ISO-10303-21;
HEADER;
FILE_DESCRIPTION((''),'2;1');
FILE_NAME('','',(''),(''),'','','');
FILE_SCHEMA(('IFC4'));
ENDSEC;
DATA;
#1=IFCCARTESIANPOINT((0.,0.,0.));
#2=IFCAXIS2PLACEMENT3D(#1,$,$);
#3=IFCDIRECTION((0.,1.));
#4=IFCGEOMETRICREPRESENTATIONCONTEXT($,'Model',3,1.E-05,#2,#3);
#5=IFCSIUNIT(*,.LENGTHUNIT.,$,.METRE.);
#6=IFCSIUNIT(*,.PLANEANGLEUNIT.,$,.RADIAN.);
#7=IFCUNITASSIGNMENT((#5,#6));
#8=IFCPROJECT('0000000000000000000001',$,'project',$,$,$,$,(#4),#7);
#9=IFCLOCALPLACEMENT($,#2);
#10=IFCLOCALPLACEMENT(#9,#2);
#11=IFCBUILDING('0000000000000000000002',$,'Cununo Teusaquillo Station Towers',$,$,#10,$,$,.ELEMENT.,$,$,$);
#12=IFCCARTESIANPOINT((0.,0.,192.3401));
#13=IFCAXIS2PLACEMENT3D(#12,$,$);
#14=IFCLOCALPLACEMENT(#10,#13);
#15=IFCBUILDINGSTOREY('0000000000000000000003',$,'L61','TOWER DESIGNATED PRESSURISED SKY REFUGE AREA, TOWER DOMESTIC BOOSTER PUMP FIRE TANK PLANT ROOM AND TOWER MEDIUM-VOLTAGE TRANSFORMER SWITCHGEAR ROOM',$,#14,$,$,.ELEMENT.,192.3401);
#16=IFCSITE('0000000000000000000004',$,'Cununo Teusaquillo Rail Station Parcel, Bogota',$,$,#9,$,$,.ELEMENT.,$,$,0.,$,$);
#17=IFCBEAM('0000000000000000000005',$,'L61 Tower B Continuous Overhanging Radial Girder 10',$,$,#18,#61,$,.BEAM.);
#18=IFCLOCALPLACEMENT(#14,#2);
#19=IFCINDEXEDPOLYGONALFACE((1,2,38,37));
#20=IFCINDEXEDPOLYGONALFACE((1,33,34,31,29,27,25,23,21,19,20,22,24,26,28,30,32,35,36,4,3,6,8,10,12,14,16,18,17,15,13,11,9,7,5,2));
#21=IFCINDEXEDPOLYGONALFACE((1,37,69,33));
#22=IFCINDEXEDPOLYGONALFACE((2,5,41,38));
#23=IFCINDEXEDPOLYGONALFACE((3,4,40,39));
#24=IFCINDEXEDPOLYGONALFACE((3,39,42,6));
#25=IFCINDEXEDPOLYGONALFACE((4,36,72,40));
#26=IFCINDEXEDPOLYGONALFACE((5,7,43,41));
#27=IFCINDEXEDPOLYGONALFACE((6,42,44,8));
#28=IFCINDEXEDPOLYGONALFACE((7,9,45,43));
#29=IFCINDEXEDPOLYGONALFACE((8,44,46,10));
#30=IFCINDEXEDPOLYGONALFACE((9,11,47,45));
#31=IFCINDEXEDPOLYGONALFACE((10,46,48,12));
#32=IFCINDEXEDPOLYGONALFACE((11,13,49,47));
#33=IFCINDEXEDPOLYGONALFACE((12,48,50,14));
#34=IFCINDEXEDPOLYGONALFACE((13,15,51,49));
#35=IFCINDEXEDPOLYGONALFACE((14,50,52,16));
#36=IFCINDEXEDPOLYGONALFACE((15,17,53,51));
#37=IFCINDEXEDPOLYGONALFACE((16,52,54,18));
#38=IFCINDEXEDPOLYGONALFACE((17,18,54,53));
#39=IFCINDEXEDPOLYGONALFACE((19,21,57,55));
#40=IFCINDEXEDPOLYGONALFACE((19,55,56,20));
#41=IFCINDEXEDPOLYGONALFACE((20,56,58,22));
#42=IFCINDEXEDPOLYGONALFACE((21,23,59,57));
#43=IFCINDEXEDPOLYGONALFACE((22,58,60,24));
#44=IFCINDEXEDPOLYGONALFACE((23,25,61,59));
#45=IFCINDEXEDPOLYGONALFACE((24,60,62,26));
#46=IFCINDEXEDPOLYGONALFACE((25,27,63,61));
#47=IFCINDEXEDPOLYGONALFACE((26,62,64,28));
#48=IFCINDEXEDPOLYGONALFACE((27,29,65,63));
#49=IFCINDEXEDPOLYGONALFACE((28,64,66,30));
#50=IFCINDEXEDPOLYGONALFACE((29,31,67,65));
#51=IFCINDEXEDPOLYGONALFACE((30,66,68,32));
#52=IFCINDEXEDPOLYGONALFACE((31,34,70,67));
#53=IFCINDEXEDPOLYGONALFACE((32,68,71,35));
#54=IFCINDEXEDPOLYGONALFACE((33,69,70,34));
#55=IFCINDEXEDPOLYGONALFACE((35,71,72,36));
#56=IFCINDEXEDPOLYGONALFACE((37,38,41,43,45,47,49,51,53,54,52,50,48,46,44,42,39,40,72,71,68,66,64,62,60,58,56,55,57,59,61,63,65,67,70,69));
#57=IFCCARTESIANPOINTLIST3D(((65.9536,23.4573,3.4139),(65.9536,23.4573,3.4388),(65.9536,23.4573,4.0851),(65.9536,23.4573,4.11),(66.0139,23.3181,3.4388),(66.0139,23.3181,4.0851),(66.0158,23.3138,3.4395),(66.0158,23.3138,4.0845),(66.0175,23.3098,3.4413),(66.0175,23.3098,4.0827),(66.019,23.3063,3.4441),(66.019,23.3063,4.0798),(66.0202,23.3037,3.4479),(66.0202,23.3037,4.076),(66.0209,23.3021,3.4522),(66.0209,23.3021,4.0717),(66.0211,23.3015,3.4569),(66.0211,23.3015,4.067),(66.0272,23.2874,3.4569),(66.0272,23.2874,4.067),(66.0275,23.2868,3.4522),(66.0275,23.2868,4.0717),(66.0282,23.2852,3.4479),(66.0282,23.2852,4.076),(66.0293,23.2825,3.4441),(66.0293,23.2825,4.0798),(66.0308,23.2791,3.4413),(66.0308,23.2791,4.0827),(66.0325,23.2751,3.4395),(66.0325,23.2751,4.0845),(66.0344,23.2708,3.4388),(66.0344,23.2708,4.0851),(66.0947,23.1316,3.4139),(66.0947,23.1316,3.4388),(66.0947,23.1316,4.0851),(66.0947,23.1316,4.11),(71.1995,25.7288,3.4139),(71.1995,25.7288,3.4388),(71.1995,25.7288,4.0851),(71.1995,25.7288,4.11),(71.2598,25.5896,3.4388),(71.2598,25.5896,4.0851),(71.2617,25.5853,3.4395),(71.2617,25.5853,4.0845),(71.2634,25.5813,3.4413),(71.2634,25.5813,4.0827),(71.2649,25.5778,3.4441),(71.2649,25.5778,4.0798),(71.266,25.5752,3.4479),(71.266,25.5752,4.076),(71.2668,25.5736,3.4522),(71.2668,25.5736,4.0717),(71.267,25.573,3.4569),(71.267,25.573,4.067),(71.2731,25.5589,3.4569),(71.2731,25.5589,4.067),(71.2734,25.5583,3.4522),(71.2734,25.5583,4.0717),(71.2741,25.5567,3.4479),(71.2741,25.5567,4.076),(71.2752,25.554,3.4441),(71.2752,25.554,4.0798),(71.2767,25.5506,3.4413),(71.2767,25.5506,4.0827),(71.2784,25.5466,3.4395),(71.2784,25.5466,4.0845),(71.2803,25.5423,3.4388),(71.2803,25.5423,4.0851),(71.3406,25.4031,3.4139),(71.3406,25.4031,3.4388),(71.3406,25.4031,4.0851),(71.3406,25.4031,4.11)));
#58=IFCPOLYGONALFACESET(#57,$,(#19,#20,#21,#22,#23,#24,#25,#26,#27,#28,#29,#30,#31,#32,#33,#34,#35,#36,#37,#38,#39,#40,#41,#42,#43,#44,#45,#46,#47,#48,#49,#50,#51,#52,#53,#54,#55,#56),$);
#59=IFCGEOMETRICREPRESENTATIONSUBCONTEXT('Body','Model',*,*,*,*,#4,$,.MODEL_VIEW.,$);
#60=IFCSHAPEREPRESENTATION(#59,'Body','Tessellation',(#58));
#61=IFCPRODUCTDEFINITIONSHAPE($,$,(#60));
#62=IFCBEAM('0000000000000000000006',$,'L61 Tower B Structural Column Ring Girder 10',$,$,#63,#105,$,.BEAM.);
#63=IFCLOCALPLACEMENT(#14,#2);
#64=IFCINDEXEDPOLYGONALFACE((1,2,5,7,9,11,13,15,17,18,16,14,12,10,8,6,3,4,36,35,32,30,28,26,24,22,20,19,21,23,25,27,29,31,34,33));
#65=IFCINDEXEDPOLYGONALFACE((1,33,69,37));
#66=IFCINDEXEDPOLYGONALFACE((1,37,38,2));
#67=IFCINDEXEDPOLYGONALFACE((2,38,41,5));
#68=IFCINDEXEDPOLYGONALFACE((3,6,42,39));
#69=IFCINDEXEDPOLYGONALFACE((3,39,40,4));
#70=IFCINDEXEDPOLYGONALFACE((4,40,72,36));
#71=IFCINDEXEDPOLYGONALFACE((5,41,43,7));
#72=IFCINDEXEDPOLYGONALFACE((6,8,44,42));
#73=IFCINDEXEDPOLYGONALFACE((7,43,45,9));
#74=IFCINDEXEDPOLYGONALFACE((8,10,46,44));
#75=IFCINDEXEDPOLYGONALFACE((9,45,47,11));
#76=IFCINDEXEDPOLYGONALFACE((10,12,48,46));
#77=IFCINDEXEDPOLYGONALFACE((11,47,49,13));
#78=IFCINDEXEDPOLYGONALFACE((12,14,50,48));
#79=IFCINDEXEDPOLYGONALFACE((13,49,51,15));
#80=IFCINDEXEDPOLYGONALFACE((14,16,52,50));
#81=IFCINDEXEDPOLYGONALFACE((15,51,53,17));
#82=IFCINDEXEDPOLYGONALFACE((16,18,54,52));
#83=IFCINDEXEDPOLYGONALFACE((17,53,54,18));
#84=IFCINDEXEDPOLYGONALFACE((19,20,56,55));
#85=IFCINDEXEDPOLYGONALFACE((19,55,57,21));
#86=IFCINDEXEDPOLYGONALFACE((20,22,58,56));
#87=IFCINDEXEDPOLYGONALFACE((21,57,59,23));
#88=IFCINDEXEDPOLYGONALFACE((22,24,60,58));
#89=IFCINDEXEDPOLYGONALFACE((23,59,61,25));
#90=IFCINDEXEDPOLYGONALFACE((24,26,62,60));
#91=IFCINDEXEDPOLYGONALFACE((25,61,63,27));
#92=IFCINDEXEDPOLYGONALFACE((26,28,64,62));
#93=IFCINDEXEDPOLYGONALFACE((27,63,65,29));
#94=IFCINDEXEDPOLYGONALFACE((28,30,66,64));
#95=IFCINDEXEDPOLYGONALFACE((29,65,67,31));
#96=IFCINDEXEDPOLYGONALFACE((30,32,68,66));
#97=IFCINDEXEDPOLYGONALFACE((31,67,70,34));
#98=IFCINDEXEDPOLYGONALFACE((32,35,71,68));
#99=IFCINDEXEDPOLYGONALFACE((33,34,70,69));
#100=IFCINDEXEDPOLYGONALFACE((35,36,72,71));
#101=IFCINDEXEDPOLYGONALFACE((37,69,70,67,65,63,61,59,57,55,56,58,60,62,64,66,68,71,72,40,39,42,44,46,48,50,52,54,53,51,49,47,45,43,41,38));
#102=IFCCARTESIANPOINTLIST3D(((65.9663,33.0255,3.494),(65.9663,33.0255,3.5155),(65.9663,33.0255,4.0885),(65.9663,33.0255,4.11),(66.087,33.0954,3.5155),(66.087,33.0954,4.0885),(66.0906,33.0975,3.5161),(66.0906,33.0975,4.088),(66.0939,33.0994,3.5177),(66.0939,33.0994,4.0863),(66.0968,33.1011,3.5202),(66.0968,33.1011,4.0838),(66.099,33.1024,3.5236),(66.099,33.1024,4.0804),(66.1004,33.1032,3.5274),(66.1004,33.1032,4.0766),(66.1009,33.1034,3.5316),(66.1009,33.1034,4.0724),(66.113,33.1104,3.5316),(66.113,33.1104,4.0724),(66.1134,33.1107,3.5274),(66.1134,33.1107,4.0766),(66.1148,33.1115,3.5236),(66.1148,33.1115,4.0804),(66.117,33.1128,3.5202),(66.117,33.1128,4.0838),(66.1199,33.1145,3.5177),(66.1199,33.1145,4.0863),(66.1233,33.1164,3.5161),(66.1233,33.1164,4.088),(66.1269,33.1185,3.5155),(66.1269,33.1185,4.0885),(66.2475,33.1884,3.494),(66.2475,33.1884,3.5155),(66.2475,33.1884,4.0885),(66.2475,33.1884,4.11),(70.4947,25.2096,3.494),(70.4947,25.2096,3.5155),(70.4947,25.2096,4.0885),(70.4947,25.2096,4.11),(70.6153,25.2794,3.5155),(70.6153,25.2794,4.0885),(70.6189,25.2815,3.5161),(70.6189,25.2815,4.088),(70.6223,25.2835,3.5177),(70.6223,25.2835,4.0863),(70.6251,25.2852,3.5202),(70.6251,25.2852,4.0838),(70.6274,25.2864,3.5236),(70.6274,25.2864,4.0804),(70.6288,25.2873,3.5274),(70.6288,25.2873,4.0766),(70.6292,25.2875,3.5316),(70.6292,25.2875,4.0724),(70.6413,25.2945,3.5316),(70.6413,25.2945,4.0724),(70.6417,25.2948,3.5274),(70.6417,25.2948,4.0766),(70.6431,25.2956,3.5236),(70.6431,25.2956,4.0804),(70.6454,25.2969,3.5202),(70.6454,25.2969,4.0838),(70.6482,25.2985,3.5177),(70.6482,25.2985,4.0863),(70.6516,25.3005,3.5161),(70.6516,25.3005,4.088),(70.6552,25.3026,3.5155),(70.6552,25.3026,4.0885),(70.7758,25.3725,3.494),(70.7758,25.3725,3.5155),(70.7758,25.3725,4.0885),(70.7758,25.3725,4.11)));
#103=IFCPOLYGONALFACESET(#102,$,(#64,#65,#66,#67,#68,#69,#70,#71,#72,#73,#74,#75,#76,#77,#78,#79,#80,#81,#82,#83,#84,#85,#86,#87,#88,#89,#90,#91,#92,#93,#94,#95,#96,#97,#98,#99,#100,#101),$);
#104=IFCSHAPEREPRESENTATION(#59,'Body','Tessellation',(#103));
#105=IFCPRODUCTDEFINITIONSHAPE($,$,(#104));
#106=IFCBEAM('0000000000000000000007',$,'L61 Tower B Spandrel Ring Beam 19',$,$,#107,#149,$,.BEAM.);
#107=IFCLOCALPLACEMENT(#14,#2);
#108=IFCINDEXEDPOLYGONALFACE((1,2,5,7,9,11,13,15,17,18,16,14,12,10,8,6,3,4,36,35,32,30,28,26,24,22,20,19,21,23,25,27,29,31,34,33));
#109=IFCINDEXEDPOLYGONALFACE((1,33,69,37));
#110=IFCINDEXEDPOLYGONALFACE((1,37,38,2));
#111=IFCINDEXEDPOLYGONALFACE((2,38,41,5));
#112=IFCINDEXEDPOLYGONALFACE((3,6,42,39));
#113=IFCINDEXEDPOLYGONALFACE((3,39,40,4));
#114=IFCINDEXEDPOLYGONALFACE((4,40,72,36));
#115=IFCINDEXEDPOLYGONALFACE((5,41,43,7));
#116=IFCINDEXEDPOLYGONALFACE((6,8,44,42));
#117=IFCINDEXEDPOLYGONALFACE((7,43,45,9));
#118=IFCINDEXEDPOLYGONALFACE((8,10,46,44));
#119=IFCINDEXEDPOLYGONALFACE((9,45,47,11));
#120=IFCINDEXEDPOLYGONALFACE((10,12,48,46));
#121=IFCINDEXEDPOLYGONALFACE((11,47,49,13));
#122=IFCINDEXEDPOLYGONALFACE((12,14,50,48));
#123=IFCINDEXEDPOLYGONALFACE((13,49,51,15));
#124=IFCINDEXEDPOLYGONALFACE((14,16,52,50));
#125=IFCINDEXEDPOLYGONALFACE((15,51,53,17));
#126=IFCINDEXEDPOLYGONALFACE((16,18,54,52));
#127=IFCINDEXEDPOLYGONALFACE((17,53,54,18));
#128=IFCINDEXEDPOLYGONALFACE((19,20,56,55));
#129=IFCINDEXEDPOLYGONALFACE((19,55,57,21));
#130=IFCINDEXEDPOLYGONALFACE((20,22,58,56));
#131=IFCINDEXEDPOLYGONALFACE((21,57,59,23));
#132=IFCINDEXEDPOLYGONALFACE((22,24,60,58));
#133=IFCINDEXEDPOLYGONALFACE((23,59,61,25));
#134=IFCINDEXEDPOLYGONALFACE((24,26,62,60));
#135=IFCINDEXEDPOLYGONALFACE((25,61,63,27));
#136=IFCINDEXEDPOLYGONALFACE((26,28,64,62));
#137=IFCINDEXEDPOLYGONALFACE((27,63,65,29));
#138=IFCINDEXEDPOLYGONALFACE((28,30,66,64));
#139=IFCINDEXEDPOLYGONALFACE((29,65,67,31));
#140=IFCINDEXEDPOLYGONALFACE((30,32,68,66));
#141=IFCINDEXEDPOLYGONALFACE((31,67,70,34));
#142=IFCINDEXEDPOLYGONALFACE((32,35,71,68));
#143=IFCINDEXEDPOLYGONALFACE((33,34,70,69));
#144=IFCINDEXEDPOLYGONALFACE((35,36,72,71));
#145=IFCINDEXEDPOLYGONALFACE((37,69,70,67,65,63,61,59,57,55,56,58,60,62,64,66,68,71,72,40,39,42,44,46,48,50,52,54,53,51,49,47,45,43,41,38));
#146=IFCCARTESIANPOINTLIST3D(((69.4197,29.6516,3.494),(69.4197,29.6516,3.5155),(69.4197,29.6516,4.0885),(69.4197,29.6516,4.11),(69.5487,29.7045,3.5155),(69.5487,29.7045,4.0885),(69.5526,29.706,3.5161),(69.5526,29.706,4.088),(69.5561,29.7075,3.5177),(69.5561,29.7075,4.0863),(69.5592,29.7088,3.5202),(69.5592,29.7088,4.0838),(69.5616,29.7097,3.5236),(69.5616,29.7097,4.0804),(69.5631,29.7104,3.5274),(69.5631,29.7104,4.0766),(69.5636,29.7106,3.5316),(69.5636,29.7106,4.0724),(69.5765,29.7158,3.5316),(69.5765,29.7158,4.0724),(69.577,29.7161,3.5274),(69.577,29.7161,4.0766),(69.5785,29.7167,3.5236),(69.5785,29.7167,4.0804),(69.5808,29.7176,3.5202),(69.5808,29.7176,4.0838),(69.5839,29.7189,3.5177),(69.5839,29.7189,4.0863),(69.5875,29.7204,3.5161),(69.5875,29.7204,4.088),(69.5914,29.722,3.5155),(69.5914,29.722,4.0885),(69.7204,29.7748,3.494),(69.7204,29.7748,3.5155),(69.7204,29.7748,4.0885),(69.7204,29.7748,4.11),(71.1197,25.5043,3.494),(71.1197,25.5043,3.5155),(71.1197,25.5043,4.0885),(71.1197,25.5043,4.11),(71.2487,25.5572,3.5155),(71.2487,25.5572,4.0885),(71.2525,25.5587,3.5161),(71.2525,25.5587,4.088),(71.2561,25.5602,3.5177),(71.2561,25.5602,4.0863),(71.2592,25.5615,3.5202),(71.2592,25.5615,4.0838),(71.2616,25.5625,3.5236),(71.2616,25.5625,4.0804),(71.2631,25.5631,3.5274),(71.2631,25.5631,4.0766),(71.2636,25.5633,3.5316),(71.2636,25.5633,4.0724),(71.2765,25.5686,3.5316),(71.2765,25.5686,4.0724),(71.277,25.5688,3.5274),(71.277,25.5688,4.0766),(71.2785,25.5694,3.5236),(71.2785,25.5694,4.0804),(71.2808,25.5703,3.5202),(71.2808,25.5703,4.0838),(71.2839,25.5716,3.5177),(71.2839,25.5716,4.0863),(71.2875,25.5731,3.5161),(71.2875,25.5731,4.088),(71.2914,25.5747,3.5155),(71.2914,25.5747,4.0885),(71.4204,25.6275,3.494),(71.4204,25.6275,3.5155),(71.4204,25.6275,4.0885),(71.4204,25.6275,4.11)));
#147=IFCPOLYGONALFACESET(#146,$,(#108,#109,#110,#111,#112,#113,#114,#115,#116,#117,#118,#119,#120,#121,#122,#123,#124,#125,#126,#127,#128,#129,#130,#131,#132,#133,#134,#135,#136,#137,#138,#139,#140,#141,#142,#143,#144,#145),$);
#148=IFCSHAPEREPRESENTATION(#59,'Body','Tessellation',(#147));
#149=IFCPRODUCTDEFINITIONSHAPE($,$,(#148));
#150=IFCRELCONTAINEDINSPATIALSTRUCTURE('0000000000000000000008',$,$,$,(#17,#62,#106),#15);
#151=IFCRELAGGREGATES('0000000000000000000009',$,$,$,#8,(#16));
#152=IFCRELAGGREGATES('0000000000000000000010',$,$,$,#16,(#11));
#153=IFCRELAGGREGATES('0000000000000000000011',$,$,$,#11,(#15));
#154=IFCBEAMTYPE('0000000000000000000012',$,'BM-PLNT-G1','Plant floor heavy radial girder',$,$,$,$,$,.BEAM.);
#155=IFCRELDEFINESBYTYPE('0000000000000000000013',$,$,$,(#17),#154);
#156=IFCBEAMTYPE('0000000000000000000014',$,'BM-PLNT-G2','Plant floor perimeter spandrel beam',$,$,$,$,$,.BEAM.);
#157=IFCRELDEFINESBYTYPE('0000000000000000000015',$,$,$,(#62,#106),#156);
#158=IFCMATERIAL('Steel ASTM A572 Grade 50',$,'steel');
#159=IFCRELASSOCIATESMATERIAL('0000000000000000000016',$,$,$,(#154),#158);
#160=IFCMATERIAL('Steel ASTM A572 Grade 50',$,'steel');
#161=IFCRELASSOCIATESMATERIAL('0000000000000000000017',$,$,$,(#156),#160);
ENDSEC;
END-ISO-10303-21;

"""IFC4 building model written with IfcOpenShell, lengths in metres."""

from ifc_helpers import new_model, si_unit, direction, frame, origin, origin_2d, place, context, subcontext, project, spatial, i_section, extrude, material, material_profile, profile_set, type_object, element, save


model = new_model("IFC4")

# Units and contexts
model_context = context("Model", 3, precision=1e-05, world=origin(), true_north=direction((0.0, 1.0)))
body_context = subcontext(model_context, "Body", "Model", "MODEL_VIEW")
ifc_project = project(units=[si_unit("LENGTHUNIT", "METRE"), si_unit("PLANEANGLEUNIT", "RADIAN")], contexts=[model_context])

# Site, building, storey
site_placement = place(None, origin())
site = spatial("IfcSite", under=ifc_project, at=site_placement, Name="Cununo Teusaquillo Rail Station Parcel, Bogota", CompositionType="ELEMENT", RefElevation=0.0)
building_placement = place(site_placement, origin())
building = spatial("IfcBuilding", under=site, at=building_placement, Name="Cununo Teusaquillo Station Towers", CompositionType="ELEMENT")
storey_placement = place(building_placement, frame((0.0, 0.0, 192.3401)))
storey = spatial("IfcBuildingStorey", under=building, at=storey_placement, Name="L61", Description="TOWER DESIGNATED PRESSURISED SKY REFUGE AREA, TOWER DOMESTIC BOOSTER PUMP FIRE TANK PLANT ROOM AND TOWER MEDIUM-VOLTAGE TRANSFORMER SWITCHGEAR ROOM", CompositionType="ELEMENT", Elevation=192.3401)

# Beams
ifc_material_1 = material(Name="Steel ASTM A572 Grade 50", Category="steel")
ifc_material_profile_1 = material_profile(ifc_material_1, i_section(OverallWidth=0.355, OverallDepth=0.696, WebThickness=0.0154, FlangeThickness=0.0249, FilletRadius=0.0181, at=origin_2d()), Name="W27X146")
ifc_profile_set_1 = profile_set([ifc_material_profile_1], Name="Steel ASTM A572 Grade 50")
beam_type_1 = type_object("IfcBeamType", Name="BM-PLNT-G1", Description="Plant floor heavy radial girder", PredefinedType="BEAM", material=ifc_profile_set_1)
beam_1_placement = place(storey_placement, frame((66.0242, 23.2944, 3.762), z_axis=(0.917665, 0.397355, 0.0), x_axis=(-0.397355, 0.917665, 0.0)))
element("IfcBeam", 1, at=beam_1_placement, inside=storey, type_object=beam_type_1, Name="L61 Tower B Continuous Overhanging Radial Girder 10", PredefinedType="BEAM", context=body_context, shape_type="SweptSolid", body=[
    extrude(i_section(OverallWidth=0.355, OverallDepth=0.696, WebThickness=0.0154, FlangeThickness=0.0249, FilletRadius=0.0181, at=origin_2d()), origin(), (0.0, 0.0, 1.0), 5.7166),
])
ifc_material_2 = material(Name="Steel ASTM A572 Grade 50", Category="steel")
ifc_material_profile_2 = material_profile(ifc_material_2, i_section(OverallWidth=0.325, OverallDepth=0.616, WebThickness=0.0139, FlangeThickness=0.0215, FilletRadius=0.0161, at=origin_2d()), Name="W24X117")
ifc_profile_set_2 = profile_set([ifc_material_profile_2], Name="Steel ASTM A572 Grade 50")
beam_type_2 = type_object("IfcBeamType", Name="BM-PLNT-G2", Description="Plant floor perimeter spandrel beam", PredefinedType="BEAM", material=ifc_profile_set_2)
beam_2_placement = place(storey_placement, frame((70.6353, 25.291, 3.802), z_axis=(-0.501311, 0.865267, 0.0), x_axis=(-0.865267, -0.501311, 0.0)))
element("IfcBeam", 2, at=beam_2_placement, inside=storey, type_object=beam_type_2, Name="L61 Tower B Structural Column Ring Girder 10", PredefinedType="BEAM", context=body_context, shape_type="SweptSolid", body=[
    extrude(i_section(OverallWidth=0.325, OverallDepth=0.616, WebThickness=0.0139, FlangeThickness=0.0215, FilletRadius=0.0161, at=origin_2d()), origin(), (0.0, 0.0, 1.0), 9.033),
])
beam_3_placement = place(storey_placement, frame((71.27, 25.5659, 3.802), z_axis=(-0.379275, 0.925284, 0.0), x_axis=(-0.925284, -0.379275, 0.0)))
element("IfcBeam", 3, at=beam_3_placement, inside=storey, type_object=beam_type_2, Name="L61 Tower B Spandrel Ring Beam 19", PredefinedType="BEAM", context=body_context, shape_type="SweptSolid", body=[
    extrude(i_section(OverallWidth=0.325, OverallDepth=0.616, WebThickness=0.0139, FlangeThickness=0.0215, FilletRadius=0.0161, at=origin_2d()), origin(), (0.0, 0.0, 1.0), 4.4822),
])

save(model, "model.ifc")
